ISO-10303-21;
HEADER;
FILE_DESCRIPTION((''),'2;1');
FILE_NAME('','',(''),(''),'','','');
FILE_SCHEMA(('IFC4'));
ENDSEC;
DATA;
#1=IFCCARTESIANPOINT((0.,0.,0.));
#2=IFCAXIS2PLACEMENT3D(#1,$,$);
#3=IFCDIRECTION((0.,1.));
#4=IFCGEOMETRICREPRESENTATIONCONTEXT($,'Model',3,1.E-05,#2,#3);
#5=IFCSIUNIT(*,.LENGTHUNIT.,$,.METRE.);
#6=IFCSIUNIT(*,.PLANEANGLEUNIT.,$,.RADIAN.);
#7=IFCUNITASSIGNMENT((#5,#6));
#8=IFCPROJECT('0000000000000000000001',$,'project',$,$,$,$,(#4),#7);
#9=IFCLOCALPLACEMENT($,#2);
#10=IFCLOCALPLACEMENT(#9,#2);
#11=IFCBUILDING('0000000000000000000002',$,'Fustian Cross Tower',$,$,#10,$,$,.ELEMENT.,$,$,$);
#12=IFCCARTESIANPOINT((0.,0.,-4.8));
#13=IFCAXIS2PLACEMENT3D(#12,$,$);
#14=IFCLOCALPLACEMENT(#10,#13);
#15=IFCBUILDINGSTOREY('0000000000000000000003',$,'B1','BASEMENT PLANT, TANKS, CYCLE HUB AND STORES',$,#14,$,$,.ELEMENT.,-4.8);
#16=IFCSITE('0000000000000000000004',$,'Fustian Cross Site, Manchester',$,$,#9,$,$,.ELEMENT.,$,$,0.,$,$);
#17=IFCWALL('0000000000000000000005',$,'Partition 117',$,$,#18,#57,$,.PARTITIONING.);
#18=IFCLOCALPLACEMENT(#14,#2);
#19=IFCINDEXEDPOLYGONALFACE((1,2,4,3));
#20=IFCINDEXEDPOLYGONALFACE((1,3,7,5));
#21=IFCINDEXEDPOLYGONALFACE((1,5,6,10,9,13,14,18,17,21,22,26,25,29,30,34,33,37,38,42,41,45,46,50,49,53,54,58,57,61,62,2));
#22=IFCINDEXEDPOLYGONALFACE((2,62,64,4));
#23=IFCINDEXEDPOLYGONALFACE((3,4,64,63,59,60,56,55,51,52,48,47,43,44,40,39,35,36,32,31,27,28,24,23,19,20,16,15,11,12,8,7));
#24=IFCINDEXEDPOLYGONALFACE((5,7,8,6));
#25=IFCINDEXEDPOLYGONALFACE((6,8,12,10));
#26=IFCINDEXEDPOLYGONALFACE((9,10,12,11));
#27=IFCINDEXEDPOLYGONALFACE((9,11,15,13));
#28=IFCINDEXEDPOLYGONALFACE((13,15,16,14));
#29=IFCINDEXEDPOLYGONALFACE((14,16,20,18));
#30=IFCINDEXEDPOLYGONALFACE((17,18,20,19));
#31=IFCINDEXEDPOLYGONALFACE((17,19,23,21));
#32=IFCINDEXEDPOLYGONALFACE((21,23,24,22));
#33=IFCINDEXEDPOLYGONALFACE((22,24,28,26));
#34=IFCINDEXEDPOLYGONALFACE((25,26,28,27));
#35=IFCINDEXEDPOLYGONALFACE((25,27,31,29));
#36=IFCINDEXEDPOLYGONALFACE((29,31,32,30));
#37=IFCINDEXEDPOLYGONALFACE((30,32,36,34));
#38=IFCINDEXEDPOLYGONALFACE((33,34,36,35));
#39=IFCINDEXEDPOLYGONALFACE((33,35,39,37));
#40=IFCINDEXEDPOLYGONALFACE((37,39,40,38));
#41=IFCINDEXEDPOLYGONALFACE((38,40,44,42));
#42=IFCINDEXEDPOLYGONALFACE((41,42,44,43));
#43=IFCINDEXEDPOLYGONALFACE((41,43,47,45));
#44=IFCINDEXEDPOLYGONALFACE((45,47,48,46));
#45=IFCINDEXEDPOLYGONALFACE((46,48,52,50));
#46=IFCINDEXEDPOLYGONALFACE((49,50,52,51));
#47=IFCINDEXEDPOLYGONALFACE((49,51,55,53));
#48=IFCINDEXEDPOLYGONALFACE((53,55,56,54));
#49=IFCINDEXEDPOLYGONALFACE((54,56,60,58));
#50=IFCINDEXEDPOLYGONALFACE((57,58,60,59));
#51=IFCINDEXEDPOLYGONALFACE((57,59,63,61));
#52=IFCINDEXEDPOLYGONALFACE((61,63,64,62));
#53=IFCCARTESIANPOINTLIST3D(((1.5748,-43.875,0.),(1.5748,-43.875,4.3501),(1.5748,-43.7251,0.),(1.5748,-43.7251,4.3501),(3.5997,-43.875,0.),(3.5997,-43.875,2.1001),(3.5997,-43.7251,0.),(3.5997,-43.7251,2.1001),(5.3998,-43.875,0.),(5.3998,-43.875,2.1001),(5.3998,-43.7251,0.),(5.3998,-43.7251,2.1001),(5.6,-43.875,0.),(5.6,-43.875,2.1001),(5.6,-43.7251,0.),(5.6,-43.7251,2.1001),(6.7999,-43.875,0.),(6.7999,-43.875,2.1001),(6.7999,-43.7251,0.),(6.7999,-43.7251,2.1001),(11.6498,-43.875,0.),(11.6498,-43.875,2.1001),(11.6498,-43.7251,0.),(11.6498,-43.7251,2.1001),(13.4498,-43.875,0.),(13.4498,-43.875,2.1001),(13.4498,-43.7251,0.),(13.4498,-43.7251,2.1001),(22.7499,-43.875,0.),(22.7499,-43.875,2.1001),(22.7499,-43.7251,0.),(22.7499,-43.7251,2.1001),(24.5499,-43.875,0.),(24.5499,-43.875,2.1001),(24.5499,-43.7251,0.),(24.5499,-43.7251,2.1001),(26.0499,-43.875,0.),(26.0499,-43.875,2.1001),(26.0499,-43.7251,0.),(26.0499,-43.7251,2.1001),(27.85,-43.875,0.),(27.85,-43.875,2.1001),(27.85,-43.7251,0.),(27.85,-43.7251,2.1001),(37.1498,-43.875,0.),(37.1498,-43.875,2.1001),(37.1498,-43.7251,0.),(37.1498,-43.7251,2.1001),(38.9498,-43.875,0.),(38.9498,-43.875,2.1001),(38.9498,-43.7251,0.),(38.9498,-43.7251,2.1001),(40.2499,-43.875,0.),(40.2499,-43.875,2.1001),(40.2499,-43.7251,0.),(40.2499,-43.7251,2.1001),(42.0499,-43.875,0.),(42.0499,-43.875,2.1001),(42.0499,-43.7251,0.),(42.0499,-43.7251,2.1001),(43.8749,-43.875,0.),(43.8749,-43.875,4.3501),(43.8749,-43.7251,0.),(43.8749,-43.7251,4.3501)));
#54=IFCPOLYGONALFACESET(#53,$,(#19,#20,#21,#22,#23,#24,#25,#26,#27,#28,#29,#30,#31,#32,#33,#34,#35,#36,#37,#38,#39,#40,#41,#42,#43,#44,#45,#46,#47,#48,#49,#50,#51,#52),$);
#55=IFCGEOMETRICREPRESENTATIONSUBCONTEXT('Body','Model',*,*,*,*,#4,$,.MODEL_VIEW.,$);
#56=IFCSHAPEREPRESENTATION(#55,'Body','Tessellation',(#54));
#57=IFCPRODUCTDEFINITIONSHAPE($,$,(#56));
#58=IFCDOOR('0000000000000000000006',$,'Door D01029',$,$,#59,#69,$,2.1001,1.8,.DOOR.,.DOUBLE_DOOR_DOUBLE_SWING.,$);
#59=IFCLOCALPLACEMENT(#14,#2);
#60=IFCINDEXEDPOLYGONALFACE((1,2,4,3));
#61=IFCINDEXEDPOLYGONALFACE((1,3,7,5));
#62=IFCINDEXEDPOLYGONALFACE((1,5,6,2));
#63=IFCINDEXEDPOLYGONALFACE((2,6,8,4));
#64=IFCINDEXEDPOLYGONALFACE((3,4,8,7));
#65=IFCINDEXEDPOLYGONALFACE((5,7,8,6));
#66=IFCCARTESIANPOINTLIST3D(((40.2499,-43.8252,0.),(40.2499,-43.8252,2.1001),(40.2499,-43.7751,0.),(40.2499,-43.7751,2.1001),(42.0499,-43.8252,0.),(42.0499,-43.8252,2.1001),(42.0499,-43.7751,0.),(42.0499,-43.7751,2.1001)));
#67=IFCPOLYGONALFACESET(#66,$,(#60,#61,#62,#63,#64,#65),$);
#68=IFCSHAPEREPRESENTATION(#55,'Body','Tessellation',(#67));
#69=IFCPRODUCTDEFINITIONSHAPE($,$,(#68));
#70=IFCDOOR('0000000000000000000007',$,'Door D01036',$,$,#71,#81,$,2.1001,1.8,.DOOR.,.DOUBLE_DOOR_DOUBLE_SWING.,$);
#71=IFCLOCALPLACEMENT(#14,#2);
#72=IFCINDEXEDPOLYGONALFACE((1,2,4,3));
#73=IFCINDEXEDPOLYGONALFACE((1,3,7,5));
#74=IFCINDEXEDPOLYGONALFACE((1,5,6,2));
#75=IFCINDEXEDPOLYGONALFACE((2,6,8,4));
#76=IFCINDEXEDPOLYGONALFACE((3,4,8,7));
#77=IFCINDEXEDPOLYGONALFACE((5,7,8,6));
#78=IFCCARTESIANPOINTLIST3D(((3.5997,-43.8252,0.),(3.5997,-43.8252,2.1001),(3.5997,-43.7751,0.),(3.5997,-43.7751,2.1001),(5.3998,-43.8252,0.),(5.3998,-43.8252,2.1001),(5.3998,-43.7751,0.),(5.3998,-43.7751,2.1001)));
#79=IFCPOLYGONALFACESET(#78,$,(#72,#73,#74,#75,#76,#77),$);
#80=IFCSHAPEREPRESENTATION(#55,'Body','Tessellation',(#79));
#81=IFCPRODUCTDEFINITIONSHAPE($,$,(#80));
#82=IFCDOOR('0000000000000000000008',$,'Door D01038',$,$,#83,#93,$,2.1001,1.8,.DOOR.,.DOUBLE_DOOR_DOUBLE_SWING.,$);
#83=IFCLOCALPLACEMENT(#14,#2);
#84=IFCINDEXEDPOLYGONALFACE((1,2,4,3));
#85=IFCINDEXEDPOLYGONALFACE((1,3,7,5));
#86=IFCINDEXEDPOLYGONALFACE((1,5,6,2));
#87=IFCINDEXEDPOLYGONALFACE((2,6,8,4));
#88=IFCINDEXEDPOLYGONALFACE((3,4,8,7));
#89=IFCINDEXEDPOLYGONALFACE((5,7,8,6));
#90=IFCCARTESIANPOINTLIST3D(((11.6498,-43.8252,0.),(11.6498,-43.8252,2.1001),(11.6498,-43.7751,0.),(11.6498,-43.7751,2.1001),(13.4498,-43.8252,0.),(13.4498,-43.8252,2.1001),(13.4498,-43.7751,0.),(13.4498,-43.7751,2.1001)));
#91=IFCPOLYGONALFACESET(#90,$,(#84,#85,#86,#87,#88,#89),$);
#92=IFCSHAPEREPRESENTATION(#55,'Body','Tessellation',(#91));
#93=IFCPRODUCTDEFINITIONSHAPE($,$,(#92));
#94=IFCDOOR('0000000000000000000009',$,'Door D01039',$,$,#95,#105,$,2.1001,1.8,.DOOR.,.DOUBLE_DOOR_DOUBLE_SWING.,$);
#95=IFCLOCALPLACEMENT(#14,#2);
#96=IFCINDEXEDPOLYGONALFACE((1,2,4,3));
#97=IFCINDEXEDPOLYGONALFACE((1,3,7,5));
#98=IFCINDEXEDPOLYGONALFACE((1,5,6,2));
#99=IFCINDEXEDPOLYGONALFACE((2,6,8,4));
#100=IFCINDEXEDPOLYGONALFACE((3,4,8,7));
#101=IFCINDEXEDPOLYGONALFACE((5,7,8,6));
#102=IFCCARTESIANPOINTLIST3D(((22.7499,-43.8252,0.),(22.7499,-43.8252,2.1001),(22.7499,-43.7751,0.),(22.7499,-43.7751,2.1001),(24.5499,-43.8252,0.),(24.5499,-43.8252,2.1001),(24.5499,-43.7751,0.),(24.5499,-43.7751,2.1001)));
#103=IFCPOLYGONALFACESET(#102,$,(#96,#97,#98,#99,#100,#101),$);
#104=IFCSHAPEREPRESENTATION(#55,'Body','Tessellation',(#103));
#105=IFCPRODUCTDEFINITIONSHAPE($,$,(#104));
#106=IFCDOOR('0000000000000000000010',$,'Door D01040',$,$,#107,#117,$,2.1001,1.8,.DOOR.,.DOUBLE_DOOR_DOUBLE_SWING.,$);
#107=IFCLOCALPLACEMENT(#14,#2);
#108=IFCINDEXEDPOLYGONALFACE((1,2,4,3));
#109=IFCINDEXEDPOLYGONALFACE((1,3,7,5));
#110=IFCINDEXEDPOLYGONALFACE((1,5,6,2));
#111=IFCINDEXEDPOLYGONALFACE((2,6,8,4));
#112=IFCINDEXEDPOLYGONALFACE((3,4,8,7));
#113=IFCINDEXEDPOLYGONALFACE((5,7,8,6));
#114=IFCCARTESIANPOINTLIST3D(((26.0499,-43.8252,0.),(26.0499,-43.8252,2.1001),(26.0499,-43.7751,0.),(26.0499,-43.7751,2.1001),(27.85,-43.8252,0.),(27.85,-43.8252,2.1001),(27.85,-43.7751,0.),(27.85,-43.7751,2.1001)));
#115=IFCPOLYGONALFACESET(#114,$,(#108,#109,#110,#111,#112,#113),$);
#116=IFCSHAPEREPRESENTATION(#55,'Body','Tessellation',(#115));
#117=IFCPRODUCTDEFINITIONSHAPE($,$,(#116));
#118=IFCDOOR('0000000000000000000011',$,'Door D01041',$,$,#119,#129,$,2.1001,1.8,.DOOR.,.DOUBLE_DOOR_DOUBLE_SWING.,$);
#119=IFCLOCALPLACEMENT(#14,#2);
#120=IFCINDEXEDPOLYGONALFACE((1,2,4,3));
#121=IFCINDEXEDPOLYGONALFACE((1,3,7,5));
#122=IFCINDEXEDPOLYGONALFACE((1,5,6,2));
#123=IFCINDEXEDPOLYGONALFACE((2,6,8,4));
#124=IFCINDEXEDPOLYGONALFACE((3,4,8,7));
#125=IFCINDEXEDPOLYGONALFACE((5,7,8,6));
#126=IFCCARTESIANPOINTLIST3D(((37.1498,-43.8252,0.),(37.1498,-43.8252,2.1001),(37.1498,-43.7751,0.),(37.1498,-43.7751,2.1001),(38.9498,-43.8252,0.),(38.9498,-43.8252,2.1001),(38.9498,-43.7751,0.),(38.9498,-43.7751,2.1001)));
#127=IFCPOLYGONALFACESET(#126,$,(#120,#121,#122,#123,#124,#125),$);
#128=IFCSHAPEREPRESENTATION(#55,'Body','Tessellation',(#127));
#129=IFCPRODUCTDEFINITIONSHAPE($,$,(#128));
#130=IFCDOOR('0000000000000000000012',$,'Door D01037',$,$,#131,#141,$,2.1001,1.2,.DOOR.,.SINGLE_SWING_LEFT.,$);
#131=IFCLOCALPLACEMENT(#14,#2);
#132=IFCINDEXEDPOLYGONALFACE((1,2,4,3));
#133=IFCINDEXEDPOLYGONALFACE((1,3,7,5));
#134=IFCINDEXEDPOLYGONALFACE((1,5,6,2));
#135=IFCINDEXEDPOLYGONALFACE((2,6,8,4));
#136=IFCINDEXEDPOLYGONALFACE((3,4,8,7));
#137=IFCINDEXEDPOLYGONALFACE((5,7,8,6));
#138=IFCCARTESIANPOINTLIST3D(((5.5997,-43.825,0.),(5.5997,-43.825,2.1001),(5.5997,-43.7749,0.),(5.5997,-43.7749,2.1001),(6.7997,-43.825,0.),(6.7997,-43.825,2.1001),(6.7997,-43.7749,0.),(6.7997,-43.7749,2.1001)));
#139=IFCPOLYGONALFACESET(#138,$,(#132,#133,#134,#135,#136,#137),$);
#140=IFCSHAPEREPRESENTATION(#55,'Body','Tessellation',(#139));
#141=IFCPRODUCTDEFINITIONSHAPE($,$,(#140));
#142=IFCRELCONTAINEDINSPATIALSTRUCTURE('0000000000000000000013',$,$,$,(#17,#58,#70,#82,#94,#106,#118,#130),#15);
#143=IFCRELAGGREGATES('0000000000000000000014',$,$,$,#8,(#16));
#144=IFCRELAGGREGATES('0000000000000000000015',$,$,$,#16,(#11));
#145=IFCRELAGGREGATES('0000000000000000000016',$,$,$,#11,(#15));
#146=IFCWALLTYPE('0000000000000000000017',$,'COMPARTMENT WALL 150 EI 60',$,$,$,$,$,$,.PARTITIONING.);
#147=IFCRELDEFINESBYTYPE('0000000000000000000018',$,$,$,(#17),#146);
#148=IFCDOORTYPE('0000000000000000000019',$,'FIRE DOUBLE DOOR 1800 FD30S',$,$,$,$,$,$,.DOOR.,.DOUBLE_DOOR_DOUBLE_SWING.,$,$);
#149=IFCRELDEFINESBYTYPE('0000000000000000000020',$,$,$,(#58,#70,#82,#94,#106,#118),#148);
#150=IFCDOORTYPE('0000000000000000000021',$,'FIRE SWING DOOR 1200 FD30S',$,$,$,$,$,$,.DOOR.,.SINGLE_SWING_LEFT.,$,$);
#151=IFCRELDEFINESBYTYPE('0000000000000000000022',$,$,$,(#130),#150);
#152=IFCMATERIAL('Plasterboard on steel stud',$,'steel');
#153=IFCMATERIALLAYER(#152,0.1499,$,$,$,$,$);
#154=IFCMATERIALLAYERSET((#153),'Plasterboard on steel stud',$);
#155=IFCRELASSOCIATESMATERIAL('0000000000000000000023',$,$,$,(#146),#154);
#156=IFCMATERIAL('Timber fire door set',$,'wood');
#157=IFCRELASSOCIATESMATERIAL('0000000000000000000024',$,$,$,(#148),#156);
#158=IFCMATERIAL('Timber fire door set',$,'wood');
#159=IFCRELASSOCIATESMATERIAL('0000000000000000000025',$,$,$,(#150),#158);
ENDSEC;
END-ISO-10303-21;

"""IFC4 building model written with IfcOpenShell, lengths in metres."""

from ifc_helpers import new_model, si_unit, direction, frame, frame_2d, origin, place, context, subcontext, project, spatial, rectangle, extrude, material, layer, layer_set, type_object, element, fill, save


model = new_model("IFC4")

# Units and contexts
model_context = context("Model", 3, precision=1e-05, world=origin(), true_north=direction((0.0, 1.0)))
body_context = subcontext(model_context, "Body", "Model", "MODEL_VIEW")
ifc_project = project(units=[si_unit("LENGTHUNIT", "METRE"), si_unit("PLANEANGLEUNIT", "RADIAN")], contexts=[model_context])

# Site, building, storey
site_placement = place(None, origin())
site = spatial("IfcSite", under=ifc_project, at=site_placement, Name="Fustian Cross Site, Manchester", CompositionType="ELEMENT", RefElevation=0.0)
building_placement = place(site_placement, origin())
building = spatial("IfcBuilding", under=site, at=building_placement, Name="Fustian Cross Tower", CompositionType="ELEMENT")
storey_placement = place(building_placement, frame((0.0, 0.0, -4.8)))
storey = spatial("IfcBuildingStorey", under=building, at=storey_placement, Name="B1", Description="BASEMENT PLANT, TANKS, CYCLE HUB AND STORES", CompositionType="ELEMENT", Elevation=-4.8)

# Shared definitions
ifc_material_1 = material(Name="Plasterboard on steel stud", Category="steel")
ifc_layer = layer(ifc_material_1, 0.1499)
ifc_layer_set = layer_set([ifc_layer], Name="Plasterboard on steel stud")
wall_type = type_object("IfcWallType", Name="COMPARTMENT WALL 150 EI 60", PredefinedType="PARTITIONING", material=ifc_layer_set)

# Wall, openings, doors
wall_1_placement = place(storey_placement, frame((1.575, -43.8, 0.0), z_axis=(0.0, 0.0, 1.0), x_axis=(1.0, 0.0, 0.0)))
wall_1 = element("IfcWall", 1, at=wall_1_placement, inside=storey, type_object=wall_type, Name="Partition 117", PredefinedType="PARTITIONING", context=body_context, shape_type="SweptSolid", body=[
    extrude(rectangle(XDim=42.3, YDim=0.1499, at=frame_2d((21.1499, 0.0))), origin(), (0.0, 0.0, 1.0), 4.3501),
])
opening_1_placement = place(wall_1_placement, frame((38.675, 0.0, 0.0)))
opening_1 = element("IfcOpeningElement", 2, at=opening_1_placement, cuts=wall_1, PredefinedType="OPENING", context=body_context, shape_type="SweptSolid", body=[
    extrude(rectangle(XDim=1.8, YDim=2.1001, at=frame_2d((0.8999, 1.05))), frame((0.0, 0.085, 0.0), z_axis=(0.0, -1.0, 0.0), x_axis=(1.0, 0.0, 0.0)), (0.0, 0.0, 1.0), 0.1699),
])
opening_2_placement = place(wall_1_placement, frame((2.0249, 0.0, 0.0)))
opening_2 = element("IfcOpeningElement", 3, at=opening_2_placement, cuts=wall_1, PredefinedType="OPENING", context=body_context, shape_type="SweptSolid", body=[
    extrude(rectangle(XDim=1.8, YDim=2.1001, at=frame_2d((0.8999, 1.05))), frame((0.0, 0.085, 0.0), z_axis=(0.0, -1.0, 0.0), x_axis=(1.0, 0.0, 0.0)), (0.0, 0.0, 1.0), 0.1699),
])
opening_3_placement = place(wall_1_placement, frame((4.0249, 0.0, 0.0)))
opening_3 = element("IfcOpeningElement", 4, at=opening_3_placement, cuts=wall_1, PredefinedType="OPENING", context=body_context, shape_type="SweptSolid", body=[
    extrude(rectangle(XDim=1.2, YDim=2.1001, at=frame_2d((0.6001, 1.05))), frame((0.0, 0.085, 0.0), z_axis=(0.0, -1.0, 0.0), x_axis=(1.0, 0.0, 0.0)), (0.0, 0.0, 1.0), 0.1699),
])
opening_4_placement = place(wall_1_placement, frame((10.075, 0.0, 0.0)))
opening_4 = element("IfcOpeningElement", 5, at=opening_4_placement, cuts=wall_1, PredefinedType="OPENING", context=body_context, shape_type="SweptSolid", body=[
    extrude(rectangle(XDim=1.8, YDim=2.1001, at=frame_2d((0.8999, 1.05))), frame((0.0, 0.085, 0.0), z_axis=(0.0, -1.0, 0.0), x_axis=(1.0, 0.0, 0.0)), (0.0, 0.0, 1.0), 0.1699),
])
opening_5_placement = place(wall_1_placement, frame((21.175, 0.0, 0.0)))
opening_5 = element("IfcOpeningElement", 6, at=opening_5_placement, cuts=wall_1, PredefinedType="OPENING", context=body_context, shape_type="SweptSolid", body=[
    extrude(rectangle(XDim=1.8, YDim=2.1001, at=frame_2d((0.8999, 1.05))), frame((0.0, 0.085, 0.0), z_axis=(0.0, -1.0, 0.0), x_axis=(1.0, 0.0, 0.0)), (0.0, 0.0, 1.0), 0.1699),
])
opening_6_placement = place(wall_1_placement, frame((24.4751, 0.0, 0.0)))
opening_6 = element("IfcOpeningElement", 7, at=opening_6_placement, cuts=wall_1, PredefinedType="OPENING", context=body_context, shape_type="SweptSolid", body=[
    extrude(rectangle(XDim=1.8, YDim=2.1001, at=frame_2d((0.8999, 1.05))), frame((0.0, 0.085, 0.0), z_axis=(0.0, -1.0, 0.0), x_axis=(1.0, 0.0, 0.0)), (0.0, 0.0, 1.0), 0.1699),
])
opening_7_placement = place(wall_1_placement, frame((35.575, 0.0, 0.0)))
opening_7 = element("IfcOpeningElement", 8, at=opening_7_placement, cuts=wall_1, PredefinedType="OPENING", context=body_context, shape_type="SweptSolid", body=[
    extrude(rectangle(XDim=1.8, YDim=2.1001, at=frame_2d((0.8999, 1.05))), frame((0.0, 0.085, 0.0), z_axis=(0.0, -1.0, 0.0), x_axis=(1.0, 0.0, 0.0)), (0.0, 0.0, 1.0), 0.1699),
])
ifc_material_2 = material(Name="Timber fire door set", Category="wood")
door_type_1 = type_object("IfcDoorType", Name="FIRE DOUBLE DOOR 1800 FD30S", OperationType="DOUBLE_DOOR_DOUBLE_SWING", PredefinedType="DOOR", material=ifc_material_2)
door_1_placement = place(opening_1_placement, origin())
door_1 = element("IfcDoor", 9, at=door_1_placement, inside=storey, type_object=door_type_1, Name="Door D01029", OperationType="DOUBLE_DOOR_DOUBLE_SWING", OverallHeight=2.1001, OverallWidth=1.8, PredefinedType="DOOR", context=body_context, shape_type="SweptSolid", body=[
    extrude(rectangle(XDim=1.8, YDim=2.1001, at=frame_2d((0.8999, 1.05))), frame((0.0, 0.0249, 0.0), z_axis=(0.0, -1.0, 0.0), x_axis=(1.0, 0.0, 0.0)), (0.0, 0.0, 1.0), 0.05),
])
fill(opening_1, door_1)
door_2_placement = place(opening_2_placement, origin())
door_2 = element("IfcDoor", 10, at=door_2_placement, inside=storey, type_object=door_type_1, Name="Door D01036", OperationType="DOUBLE_DOOR_DOUBLE_SWING", OverallHeight=2.1001, OverallWidth=1.8, PredefinedType="DOOR", context=body_context, shape_type="SweptSolid", body=[
    extrude(rectangle(XDim=1.8, YDim=2.1001, at=frame_2d((0.8999, 1.05))), frame((0.0, 0.0249, 0.0), z_axis=(0.0, -1.0, 0.0), x_axis=(1.0, 0.0, 0.0)), (0.0, 0.0, 1.0), 0.05),
])
fill(opening_2, door_2)
door_3_placement = place(opening_4_placement, origin())
door_3 = element("IfcDoor", 11, at=door_3_placement, inside=storey, type_object=door_type_1, Name="Door D01038", OperationType="DOUBLE_DOOR_DOUBLE_SWING", OverallHeight=2.1001, OverallWidth=1.8, PredefinedType="DOOR", context=body_context, shape_type="SweptSolid", body=[
    extrude(rectangle(XDim=1.8, YDim=2.1001, at=frame_2d((0.8999, 1.05))), frame((0.0, 0.0249, 0.0), z_axis=(0.0, -1.0, 0.0), x_axis=(1.0, 0.0, 0.0)), (0.0, 0.0, 1.0), 0.05),
])
fill(opening_4, door_3)
door_4_placement = place(opening_5_placement, origin())
door_4 = element("IfcDoor", 12, at=door_4_placement, inside=storey, type_object=door_type_1, Name="Door D01039", OperationType="DOUBLE_DOOR_DOUBLE_SWING", OverallHeight=2.1001, OverallWidth=1.8, PredefinedType="DOOR", context=body_context, shape_type="SweptSolid", body=[
    extrude(rectangle(XDim=1.8, YDim=2.1001, at=frame_2d((0.8999, 1.05))), frame((0.0, 0.0249, 0.0), z_axis=(0.0, -1.0, 0.0), x_axis=(1.0, 0.0, 0.0)), (0.0, 0.0, 1.0), 0.05),
])
fill(opening_5, door_4)
door_5_placement = place(opening_6_placement, origin())
door_5 = element("IfcDoor", 13, at=door_5_placement, inside=storey, type_object=door_type_1, Name="Door D01040", OperationType="DOUBLE_DOOR_DOUBLE_SWING", OverallHeight=2.1001, OverallWidth=1.8, PredefinedType="DOOR", context=body_context, shape_type="SweptSolid", body=[
    extrude(rectangle(XDim=1.8, YDim=2.1001, at=frame_2d((0.8999, 1.05))), frame((0.0, 0.0249, 0.0), z_axis=(0.0, -1.0, 0.0), x_axis=(1.0, 0.0, 0.0)), (0.0, 0.0, 1.0), 0.05),
])
fill(opening_6, door_5)
door_6_placement = place(opening_7_placement, origin())
door_6 = element("IfcDoor", 14, at=door_6_placement, inside=storey, type_object=door_type_1, Name="Door D01041", OperationType="DOUBLE_DOOR_DOUBLE_SWING", OverallHeight=2.1001, OverallWidth=1.8, PredefinedType="DOOR", context=body_context, shape_type="SweptSolid", body=[
    extrude(rectangle(XDim=1.8, YDim=2.1001, at=frame_2d((0.8999, 1.05))), frame((0.0, 0.0249, 0.0), z_axis=(0.0, -1.0, 0.0), x_axis=(1.0, 0.0, 0.0)), (0.0, 0.0, 1.0), 0.05),
])
fill(opening_7, door_6)
ifc_material_3 = material(Name="Timber fire door set", Category="wood")
door_type_2 = type_object("IfcDoorType", Name="FIRE SWING DOOR 1200 FD30S", OperationType="SINGLE_SWING_LEFT", PredefinedType="DOOR", material=ifc_material_3)
door_7_placement = place(opening_3_placement, frame((1.2, 0.0, 0.0), z_axis=(0.0, 0.0, 1.0), x_axis=(-1.0, 0.0, 0.0)))
door_7 = element("IfcDoor", 15, at=door_7_placement, inside=storey, type_object=door_type_2, Name="Door D01037", OperationType="SINGLE_SWING_LEFT", OverallHeight=2.1001, OverallWidth=1.2, PredefinedType="DOOR", context=body_context, shape_type="SweptSolid", body=[
    extrude(rectangle(XDim=1.2, YDim=2.1001, at=frame_2d((0.6001, 1.05))), frame((0.0, 0.0249, 0.0), z_axis=(0.0, -1.0, 0.0), x_axis=(1.0, 0.0, 0.0)), (0.0, 0.0, 1.0), 0.05),
])
fill(opening_3, door_7)

save(model, "model.ifc")
